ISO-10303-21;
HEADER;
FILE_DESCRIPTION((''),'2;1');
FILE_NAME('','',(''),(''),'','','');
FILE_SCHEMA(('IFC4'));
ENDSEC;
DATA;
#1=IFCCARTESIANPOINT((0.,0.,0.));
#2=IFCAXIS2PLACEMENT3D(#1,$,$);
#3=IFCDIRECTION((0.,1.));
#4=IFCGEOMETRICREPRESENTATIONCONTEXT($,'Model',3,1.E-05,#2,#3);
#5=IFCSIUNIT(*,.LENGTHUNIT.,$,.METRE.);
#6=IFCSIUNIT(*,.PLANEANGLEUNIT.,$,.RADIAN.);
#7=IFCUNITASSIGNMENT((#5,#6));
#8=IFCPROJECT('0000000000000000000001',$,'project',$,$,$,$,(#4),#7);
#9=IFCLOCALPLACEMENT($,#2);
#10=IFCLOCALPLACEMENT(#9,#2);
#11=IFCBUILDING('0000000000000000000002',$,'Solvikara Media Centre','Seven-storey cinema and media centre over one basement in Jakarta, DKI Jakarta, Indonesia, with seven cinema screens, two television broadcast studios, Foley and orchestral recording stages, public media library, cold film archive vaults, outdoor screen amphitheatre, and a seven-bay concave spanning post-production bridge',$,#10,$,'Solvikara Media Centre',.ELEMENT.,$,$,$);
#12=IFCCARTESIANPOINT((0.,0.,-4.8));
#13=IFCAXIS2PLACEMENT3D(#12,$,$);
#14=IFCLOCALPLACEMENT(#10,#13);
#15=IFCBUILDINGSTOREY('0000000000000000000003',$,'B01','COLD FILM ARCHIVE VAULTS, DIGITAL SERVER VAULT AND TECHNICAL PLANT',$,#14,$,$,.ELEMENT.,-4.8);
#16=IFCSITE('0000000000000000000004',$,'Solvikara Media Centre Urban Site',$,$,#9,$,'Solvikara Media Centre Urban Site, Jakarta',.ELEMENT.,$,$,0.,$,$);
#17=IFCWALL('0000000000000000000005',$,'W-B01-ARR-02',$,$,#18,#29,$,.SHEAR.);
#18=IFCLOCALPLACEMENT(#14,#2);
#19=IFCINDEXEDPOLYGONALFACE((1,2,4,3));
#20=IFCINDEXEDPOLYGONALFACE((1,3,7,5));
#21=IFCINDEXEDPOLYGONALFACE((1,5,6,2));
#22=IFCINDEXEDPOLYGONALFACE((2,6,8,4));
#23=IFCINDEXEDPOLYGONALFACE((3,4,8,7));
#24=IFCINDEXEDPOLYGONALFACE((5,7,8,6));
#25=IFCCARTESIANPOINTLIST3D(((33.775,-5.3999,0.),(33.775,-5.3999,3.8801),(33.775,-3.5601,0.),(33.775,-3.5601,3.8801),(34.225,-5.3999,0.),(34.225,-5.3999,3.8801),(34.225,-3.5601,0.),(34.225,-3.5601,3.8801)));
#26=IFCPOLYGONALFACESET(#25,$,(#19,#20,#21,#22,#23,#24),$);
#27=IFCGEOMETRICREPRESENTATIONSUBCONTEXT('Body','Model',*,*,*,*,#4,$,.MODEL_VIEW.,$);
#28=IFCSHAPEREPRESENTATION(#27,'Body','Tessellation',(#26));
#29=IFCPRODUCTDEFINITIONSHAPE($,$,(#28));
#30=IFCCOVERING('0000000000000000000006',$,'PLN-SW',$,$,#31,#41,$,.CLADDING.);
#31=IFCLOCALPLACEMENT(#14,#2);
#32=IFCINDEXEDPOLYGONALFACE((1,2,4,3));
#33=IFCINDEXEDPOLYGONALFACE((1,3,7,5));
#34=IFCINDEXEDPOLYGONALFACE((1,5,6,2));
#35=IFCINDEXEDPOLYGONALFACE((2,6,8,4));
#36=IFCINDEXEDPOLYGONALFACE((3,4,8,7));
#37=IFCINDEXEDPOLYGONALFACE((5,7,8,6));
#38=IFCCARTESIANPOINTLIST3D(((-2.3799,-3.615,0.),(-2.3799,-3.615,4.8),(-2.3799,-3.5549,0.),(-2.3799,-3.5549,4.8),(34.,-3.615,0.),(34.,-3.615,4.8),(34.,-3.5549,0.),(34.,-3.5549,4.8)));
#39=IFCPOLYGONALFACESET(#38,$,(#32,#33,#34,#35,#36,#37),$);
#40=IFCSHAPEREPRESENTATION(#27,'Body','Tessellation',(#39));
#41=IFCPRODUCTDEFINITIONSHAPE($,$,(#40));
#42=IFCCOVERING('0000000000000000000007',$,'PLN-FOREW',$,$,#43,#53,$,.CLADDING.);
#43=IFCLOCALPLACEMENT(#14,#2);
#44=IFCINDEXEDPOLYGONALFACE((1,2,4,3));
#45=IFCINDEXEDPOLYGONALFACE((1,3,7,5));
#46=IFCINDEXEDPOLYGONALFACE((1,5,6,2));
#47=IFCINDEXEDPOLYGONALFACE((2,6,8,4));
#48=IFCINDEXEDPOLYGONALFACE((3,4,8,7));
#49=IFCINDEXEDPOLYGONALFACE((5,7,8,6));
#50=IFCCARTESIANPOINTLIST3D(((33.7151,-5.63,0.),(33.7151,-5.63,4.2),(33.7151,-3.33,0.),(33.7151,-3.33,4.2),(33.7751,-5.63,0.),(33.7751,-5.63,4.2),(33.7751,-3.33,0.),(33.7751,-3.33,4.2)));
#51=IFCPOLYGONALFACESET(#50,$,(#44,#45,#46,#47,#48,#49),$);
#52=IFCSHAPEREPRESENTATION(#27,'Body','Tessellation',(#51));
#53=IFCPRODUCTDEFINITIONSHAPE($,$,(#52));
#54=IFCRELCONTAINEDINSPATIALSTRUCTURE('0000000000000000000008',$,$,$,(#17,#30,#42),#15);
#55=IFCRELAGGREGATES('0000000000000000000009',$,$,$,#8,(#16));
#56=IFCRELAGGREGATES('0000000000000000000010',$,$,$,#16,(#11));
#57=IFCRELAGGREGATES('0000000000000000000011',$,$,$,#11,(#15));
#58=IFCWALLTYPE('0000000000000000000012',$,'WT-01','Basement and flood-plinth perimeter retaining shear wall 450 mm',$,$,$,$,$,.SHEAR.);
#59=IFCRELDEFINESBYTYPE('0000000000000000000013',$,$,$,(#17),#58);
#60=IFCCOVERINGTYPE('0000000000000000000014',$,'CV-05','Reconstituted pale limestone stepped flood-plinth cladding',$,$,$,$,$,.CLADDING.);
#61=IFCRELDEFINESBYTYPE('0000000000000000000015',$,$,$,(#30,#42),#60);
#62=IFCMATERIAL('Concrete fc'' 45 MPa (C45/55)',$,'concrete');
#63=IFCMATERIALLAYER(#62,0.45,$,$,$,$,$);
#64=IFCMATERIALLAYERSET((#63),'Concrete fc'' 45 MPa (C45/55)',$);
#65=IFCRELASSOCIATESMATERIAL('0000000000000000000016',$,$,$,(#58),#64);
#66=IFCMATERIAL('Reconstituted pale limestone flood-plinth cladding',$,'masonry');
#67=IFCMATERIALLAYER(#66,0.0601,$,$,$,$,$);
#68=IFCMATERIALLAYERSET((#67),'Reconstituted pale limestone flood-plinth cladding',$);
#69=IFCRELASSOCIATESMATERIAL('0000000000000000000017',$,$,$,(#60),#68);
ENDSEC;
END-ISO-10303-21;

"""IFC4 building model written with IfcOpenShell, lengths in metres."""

from ifc_helpers import new_model, si_unit, direction, frame, frame_2d, origin, origin_2d, place, context, subcontext, project, spatial, rectangle, extrude, material, layer, layer_set, type_object, element, save


model = new_model("IFC4")

# Units and contexts
model_context = context("Model", 3, precision=1e-05, world=origin(), true_north=direction((0.0, 1.0)))
body_context = subcontext(model_context, "Body", "Model", "MODEL_VIEW")
ifc_project = project(units=[si_unit("LENGTHUNIT", "METRE"), si_unit("PLANEANGLEUNIT", "RADIAN")], contexts=[model_context])

# Site, building, storey
site_placement = place(None, origin())
site = spatial("IfcSite", under=ifc_project, at=site_placement, Name="Solvikara Media Centre Urban Site", LongName="Solvikara Media Centre Urban Site, Jakarta", CompositionType="ELEMENT", RefElevation=0.0)
building_placement = place(site_placement, origin())
building = spatial("IfcBuilding", under=site, at=building_placement, Name="Solvikara Media Centre", Description="Seven-storey cinema and media centre over one basement in Jakarta, DKI Jakarta, Indonesia, with seven cinema screens, two television broadcast studios, Foley and orchestral recording stages, public media library, cold film archive vaults, outdoor screen amphitheatre, and a seven-bay concave spanning post-production bridge", LongName="Solvikara Media Centre", CompositionType="ELEMENT")
storey_placement = place(building_placement, frame((0.0, 0.0, -4.8)))
storey = spatial("IfcBuildingStorey", under=building, at=storey_placement, Name="B01", Description="COLD FILM ARCHIVE VAULTS, DIGITAL SERVER VAULT AND TECHNICAL PLANT", CompositionType="ELEMENT", Elevation=-4.8)

# Shared definitions
ifc_material_1 = material(Name="Concrete fc' 45 MPa (C45/55)", Category="concrete")

# Wall
ifc_layer_1 = layer(ifc_material_1, 0.45)
ifc_layer_set_1 = layer_set([ifc_layer_1], Name="Concrete fc' 45 MPa (C45/55)")
wall_type = type_object("IfcWallType", Name="WT-01", Description="Basement and flood-plinth perimeter retaining shear wall 450 mm", PredefinedType="SHEAR", material=ifc_layer_set_1)
wall_1_placement = place(storey_placement, frame((34.0, -5.3999, 0.0), z_axis=(0.0, 0.0, 1.0), x_axis=(0.0, 1.0, 0.0)))
element("IfcWall", 1, at=wall_1_placement, inside=storey, type_object=wall_type, Name="W-B01-ARR-02", PredefinedType="SHEAR", context=body_context, shape_type="SweptSolid", body=[
    extrude(rectangle(XDim=1.8398, YDim=0.45, at=frame_2d((0.9199, 0.0))), origin(), (0.0, 0.0, 1.0), 3.8801),
])

# Coverings
ifc_material_2 = material(Name="Reconstituted pale limestone flood-plinth cladding", Category="masonry")
ifc_layer_2 = layer(ifc_material_2, 0.0601)
ifc_layer_set_2 = layer_set([ifc_layer_2], Name="Reconstituted pale limestone flood-plinth cladding")
covering_type = type_object("IfcCoveringType", Name="CV-05", Description="Reconstituted pale limestone stepped flood-plinth cladding", PredefinedType="CLADDING", material=ifc_layer_set_2)
covering_1_placement = place(storey_placement, frame((15.8101, -3.585, 0.0), z_axis=(0.0, 0.0, 1.0), x_axis=(1.0, 0.0, 0.0)))
element("IfcCovering", 2, at=covering_1_placement, inside=storey, type_object=covering_type, Name="PLN-SW", PredefinedType="CLADDING", context=body_context, shape_type="SweptSolid", body=[
    extrude(rectangle(XDim=36.3799, YDim=0.0601, at=origin_2d()), origin(), (0.0, 0.0, 1.0), 4.8),
])
covering_2_placement = place(storey_placement, frame((33.7451, -4.48, 0.0), z_axis=(0.0, 0.0, 1.0), x_axis=(0.0, 1.0, 0.0)))
element("IfcCovering", 3, at=covering_2_placement, inside=storey, type_object=covering_type, Name="PLN-FOREW", PredefinedType="CLADDING", context=body_context, shape_type="SweptSolid", body=[
    extrude(rectangle(XDim=2.3, YDim=0.0601, at=origin_2d()), origin(), (0.0, 0.0, 1.0), 4.2),
])

save(model, "model.ifc")
